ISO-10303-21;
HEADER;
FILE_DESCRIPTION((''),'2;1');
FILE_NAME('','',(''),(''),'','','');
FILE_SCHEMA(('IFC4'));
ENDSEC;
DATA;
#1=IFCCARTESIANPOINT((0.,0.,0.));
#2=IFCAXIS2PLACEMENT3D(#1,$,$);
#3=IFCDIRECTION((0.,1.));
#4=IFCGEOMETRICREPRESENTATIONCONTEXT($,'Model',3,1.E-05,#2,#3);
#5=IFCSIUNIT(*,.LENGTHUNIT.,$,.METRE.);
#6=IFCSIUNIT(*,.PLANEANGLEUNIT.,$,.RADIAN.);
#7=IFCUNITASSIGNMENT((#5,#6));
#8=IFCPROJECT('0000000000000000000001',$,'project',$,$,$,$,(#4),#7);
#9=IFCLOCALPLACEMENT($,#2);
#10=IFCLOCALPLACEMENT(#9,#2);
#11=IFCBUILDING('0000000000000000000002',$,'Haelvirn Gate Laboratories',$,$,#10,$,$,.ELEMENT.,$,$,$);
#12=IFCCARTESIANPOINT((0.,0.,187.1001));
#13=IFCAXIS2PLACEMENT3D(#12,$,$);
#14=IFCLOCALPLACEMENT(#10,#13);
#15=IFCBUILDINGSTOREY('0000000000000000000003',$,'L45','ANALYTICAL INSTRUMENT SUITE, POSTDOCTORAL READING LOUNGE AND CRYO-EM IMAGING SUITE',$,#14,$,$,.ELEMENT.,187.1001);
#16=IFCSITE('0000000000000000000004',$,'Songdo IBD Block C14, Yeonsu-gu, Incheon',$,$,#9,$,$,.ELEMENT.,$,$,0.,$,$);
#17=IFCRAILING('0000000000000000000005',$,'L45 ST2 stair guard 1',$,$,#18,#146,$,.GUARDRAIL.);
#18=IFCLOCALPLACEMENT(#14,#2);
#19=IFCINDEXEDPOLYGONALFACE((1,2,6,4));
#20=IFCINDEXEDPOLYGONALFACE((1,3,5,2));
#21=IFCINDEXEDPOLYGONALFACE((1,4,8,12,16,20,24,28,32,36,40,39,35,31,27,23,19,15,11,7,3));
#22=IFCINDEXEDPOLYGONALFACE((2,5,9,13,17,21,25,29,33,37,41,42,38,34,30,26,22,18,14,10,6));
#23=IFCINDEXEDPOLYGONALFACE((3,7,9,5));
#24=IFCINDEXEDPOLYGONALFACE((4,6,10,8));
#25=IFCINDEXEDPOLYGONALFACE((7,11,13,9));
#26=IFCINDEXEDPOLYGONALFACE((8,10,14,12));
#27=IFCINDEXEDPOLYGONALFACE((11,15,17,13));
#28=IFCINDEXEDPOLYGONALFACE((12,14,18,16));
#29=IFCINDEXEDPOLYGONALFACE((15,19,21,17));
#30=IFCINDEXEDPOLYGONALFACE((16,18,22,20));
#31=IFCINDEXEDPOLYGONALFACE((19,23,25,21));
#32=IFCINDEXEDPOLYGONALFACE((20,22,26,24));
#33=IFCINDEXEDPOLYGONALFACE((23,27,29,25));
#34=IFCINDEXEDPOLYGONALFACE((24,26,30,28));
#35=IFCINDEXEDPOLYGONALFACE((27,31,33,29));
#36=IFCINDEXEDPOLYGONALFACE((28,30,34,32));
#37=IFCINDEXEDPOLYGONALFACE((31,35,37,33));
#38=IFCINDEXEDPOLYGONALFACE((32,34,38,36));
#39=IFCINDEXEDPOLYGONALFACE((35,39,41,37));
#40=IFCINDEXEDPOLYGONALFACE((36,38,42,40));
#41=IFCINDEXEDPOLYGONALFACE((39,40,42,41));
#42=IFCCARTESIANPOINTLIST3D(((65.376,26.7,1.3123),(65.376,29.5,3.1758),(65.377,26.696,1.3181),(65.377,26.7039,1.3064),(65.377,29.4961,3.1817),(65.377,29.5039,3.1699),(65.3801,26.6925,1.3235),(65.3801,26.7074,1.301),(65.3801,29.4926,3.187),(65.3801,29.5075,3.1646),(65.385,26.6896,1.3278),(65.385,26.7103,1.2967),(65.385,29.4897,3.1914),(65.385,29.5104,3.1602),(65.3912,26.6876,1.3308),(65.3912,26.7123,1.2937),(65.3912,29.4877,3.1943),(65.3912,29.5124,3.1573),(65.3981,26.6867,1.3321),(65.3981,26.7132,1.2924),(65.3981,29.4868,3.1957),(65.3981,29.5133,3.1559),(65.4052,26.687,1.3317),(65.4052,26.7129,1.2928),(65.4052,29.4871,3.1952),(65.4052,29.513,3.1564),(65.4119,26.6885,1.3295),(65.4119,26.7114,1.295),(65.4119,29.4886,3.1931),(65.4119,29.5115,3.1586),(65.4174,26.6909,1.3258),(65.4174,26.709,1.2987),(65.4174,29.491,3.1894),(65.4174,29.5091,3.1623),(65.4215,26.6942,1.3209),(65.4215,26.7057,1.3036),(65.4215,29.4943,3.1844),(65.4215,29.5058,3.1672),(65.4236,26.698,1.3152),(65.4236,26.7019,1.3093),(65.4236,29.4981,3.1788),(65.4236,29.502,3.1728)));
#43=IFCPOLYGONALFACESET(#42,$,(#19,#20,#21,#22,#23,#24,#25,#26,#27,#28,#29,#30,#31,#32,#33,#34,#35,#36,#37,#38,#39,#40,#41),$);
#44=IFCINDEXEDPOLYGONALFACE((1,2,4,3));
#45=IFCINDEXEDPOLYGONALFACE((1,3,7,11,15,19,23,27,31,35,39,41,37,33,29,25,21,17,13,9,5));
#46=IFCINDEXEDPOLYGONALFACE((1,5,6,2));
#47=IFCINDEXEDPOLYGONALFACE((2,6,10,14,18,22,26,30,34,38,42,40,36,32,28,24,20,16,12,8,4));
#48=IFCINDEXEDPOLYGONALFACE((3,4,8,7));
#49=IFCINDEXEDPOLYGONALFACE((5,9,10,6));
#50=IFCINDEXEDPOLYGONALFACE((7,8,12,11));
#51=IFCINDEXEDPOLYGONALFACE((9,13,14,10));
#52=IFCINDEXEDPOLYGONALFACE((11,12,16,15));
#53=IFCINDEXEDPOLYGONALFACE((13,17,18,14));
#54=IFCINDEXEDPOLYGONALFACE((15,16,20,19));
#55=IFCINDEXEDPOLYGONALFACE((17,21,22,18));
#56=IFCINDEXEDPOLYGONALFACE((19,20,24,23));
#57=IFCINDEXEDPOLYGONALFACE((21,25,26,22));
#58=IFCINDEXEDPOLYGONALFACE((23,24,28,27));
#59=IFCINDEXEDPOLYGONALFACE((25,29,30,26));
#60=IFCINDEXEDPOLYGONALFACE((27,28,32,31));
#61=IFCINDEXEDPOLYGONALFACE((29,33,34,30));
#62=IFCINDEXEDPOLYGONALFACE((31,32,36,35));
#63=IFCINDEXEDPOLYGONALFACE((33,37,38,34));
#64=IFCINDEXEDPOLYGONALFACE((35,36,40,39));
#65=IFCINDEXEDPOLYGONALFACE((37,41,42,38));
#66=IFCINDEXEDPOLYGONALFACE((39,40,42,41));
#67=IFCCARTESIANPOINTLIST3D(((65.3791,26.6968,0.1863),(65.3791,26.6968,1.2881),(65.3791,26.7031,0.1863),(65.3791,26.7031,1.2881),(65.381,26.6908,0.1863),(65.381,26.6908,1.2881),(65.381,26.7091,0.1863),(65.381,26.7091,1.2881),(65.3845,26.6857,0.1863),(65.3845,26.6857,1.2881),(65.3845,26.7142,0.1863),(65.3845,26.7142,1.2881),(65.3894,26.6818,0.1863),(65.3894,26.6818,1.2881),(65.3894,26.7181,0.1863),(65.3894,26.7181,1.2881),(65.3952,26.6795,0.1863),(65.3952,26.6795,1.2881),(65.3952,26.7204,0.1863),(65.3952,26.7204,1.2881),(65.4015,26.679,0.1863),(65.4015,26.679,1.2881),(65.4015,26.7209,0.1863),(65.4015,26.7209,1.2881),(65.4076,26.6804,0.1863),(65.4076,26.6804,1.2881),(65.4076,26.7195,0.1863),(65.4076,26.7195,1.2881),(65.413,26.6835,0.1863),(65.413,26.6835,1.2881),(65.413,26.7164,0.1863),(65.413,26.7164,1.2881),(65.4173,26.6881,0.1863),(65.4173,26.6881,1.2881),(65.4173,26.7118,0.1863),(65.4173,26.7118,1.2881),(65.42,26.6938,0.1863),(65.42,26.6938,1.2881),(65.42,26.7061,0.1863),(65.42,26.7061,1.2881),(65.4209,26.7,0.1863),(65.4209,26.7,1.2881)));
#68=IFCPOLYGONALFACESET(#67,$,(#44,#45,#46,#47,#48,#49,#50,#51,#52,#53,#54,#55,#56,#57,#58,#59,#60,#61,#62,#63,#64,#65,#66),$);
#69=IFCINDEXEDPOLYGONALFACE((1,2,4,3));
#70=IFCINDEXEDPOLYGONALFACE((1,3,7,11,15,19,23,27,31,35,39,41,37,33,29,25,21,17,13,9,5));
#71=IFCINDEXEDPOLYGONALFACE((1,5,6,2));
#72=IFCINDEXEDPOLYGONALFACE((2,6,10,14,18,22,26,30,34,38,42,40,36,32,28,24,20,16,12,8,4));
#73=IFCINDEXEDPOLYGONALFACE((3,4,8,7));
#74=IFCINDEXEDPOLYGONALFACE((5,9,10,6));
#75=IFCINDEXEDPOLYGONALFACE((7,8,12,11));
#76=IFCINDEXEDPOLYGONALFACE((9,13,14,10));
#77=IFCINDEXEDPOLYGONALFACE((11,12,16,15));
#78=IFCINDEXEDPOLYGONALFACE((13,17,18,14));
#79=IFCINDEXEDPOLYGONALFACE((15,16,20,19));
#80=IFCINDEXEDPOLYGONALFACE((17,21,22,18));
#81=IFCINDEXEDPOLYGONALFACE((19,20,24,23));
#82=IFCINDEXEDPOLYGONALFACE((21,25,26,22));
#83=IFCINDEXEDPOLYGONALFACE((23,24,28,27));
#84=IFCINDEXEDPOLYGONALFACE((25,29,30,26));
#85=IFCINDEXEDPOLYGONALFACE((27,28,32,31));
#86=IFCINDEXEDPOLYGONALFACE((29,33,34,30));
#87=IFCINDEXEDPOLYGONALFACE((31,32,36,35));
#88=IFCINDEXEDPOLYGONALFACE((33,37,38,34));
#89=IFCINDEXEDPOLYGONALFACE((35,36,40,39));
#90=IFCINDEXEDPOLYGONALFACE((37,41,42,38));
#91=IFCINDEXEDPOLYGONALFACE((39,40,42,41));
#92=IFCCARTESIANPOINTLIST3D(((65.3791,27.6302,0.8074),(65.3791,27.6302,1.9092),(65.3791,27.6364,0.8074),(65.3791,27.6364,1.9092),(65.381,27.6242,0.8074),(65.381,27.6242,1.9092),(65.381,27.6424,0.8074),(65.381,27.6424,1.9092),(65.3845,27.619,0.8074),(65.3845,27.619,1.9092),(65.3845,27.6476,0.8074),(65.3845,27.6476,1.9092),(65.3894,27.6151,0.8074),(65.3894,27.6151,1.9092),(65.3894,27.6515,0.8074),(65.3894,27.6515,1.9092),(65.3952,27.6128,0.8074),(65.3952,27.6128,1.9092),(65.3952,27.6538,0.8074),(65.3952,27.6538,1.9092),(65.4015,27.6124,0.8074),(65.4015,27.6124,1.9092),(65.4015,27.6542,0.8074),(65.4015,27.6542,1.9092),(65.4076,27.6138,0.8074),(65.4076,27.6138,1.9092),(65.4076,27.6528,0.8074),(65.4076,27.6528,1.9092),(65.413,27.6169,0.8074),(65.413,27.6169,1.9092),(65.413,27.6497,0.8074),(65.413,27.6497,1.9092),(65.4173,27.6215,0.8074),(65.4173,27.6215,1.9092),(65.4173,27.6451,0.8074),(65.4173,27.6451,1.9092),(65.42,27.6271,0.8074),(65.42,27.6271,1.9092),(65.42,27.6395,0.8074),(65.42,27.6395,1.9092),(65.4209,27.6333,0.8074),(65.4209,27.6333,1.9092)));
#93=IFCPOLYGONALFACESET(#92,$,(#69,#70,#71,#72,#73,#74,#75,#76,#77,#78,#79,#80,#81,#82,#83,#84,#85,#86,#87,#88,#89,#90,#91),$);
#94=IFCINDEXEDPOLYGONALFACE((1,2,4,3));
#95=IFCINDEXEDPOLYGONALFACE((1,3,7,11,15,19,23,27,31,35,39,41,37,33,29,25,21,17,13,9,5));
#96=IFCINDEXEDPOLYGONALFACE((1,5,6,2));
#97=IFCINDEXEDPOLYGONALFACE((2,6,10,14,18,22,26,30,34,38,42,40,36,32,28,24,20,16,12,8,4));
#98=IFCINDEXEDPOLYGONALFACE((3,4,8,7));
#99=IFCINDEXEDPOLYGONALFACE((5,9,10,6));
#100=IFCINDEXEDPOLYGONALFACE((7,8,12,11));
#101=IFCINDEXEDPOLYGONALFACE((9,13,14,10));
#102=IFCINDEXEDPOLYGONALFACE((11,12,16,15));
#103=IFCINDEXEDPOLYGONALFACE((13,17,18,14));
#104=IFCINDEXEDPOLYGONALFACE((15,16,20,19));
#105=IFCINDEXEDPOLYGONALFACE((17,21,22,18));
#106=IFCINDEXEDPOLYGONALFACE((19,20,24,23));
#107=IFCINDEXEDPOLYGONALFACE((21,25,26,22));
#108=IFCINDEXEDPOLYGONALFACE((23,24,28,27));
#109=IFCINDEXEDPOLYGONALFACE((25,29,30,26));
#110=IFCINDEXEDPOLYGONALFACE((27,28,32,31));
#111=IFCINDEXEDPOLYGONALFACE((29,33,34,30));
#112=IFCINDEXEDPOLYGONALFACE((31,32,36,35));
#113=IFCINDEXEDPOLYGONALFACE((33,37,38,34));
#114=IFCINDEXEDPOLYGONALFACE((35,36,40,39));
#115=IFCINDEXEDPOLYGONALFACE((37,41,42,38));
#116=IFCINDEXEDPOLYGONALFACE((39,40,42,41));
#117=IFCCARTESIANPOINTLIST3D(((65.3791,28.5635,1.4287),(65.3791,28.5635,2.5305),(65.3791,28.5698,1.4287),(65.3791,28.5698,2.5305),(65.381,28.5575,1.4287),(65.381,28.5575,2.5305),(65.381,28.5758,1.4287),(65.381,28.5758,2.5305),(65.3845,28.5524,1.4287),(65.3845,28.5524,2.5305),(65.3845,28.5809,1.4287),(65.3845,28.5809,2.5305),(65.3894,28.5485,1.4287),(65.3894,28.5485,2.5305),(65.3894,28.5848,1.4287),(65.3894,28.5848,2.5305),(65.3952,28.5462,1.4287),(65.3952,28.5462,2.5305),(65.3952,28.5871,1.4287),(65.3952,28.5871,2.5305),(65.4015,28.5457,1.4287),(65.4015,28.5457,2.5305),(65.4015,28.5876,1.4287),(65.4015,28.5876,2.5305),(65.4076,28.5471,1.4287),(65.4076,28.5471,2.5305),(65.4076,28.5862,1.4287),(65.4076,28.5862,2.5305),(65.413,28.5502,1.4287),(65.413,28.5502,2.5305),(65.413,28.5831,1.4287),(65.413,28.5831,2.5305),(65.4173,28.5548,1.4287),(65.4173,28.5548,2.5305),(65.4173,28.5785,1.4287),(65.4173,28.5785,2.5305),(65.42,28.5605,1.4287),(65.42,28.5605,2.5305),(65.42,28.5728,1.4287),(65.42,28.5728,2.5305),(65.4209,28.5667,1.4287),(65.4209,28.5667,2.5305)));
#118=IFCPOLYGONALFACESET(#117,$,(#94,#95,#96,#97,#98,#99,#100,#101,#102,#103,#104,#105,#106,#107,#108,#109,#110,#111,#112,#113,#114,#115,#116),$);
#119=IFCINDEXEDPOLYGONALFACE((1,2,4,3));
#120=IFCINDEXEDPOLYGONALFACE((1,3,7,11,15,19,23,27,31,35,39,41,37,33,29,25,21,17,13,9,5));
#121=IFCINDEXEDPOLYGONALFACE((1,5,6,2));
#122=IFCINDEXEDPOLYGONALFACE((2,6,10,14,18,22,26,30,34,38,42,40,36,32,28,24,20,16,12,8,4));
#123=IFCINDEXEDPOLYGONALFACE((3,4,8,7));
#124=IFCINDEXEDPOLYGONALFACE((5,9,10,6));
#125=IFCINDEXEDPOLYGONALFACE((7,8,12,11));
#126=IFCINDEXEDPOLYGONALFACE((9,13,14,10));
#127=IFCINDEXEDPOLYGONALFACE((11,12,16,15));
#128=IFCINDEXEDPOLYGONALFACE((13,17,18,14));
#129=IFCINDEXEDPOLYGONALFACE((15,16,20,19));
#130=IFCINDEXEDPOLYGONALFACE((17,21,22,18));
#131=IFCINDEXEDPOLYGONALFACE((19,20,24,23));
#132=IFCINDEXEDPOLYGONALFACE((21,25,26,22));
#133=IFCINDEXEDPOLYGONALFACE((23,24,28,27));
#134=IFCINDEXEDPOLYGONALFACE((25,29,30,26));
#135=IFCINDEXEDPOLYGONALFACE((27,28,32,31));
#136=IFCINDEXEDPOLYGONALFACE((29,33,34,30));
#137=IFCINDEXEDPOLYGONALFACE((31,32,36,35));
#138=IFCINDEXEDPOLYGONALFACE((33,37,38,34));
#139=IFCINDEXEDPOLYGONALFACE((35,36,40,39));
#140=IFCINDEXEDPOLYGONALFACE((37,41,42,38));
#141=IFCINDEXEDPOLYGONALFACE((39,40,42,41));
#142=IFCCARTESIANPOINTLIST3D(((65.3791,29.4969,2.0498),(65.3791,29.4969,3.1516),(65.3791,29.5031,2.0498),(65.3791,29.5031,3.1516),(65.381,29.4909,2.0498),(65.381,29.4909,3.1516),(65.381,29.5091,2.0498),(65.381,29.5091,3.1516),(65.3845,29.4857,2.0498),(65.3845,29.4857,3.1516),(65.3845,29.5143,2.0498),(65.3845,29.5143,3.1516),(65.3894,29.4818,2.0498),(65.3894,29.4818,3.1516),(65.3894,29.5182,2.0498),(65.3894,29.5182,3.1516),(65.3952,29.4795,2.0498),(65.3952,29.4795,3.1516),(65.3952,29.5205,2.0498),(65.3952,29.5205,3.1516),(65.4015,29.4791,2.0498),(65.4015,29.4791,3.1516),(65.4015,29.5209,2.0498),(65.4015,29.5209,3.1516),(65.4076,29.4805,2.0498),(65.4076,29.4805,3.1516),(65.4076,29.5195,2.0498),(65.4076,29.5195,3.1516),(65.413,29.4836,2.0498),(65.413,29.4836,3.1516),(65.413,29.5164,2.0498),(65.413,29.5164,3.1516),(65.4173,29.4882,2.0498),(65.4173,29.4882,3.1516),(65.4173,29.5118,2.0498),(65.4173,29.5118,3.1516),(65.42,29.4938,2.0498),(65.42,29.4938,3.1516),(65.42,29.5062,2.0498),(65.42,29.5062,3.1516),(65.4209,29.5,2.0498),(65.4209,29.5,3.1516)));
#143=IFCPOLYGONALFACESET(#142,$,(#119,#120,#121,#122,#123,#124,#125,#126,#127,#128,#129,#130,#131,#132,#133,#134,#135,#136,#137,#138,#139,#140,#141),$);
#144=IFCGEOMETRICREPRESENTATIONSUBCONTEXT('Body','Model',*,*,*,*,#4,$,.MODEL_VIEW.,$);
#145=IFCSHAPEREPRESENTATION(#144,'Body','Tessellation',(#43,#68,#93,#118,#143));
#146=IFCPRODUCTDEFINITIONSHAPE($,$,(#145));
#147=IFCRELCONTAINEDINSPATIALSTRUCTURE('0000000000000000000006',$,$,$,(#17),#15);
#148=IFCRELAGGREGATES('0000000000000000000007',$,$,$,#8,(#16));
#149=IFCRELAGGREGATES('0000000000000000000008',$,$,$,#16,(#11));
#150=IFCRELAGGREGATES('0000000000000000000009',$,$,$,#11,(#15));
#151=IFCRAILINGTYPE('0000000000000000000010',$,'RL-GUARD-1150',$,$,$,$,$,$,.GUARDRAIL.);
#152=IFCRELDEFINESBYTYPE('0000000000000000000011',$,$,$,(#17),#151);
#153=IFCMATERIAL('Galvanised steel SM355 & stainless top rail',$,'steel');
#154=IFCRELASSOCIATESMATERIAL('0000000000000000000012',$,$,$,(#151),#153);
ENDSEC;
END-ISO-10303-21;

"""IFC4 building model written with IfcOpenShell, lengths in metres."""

from ifc_helpers import new_model, si_unit, direction, frame, origin, origin_2d, place, context, subcontext, project, spatial, circle, extrude, source, transform, mapped, material, type_object, element, save


model = new_model("IFC4")

# Units and contexts
model_context = context("Model", 3, precision=1e-05, world=origin(), true_north=direction((0.0, 1.0)))
body_context = subcontext(model_context, "Body", "Model", "MODEL_VIEW")
ifc_project = project(units=[si_unit("LENGTHUNIT", "METRE"), si_unit("PLANEANGLEUNIT", "RADIAN")], contexts=[model_context])

# Site, building, storey
site_placement = place(None, origin())
site = spatial("IfcSite", under=ifc_project, at=site_placement, Name="Songdo IBD Block C14, Yeonsu-gu, Incheon", CompositionType="ELEMENT", RefElevation=0.0)
building_placement = place(site_placement, origin())
building = spatial("IfcBuilding", under=site, at=building_placement, Name="Haelvirn Gate Laboratories", CompositionType="ELEMENT")
storey_placement = place(building_placement, frame((0.0, 0.0, 187.1001)))
storey = spatial("IfcBuildingStorey", under=building, at=storey_placement, Name="L45", Description="ANALYTICAL INSTRUMENT SUITE, POSTDOCTORAL READING LOUNGE AND CRYO-EM IMAGING SUITE", CompositionType="ELEMENT", Elevation=187.1001)

# Railing
ifc_material_1 = material(Name="Galvanised steel SM355 & stainless top rail", Category="steel")
railing_type_1 = type_object("IfcRailingType", Name="RL-GUARD-1150", PredefinedType="GUARDRAIL", material=ifc_material_1)
shared_shape_1 = source(origin(), body_context, "Body", "SweptSolid", [
    extrude(circle(Radius=0.0239, at=origin_2d()), frame((0.0, 0.0, 1.126), z_axis=(0.0, 0.832486, 0.554047), x_axis=(-1.0, 0.0, 0.0)), (0.0, 0.0, 1.0), 3.3635),
    extrude(circle(Radius=0.021, at=origin_2d()), origin(), (0.0, 0.0, 1.0), 1.1018),
    extrude(circle(Radius=0.021, at=origin_2d()), frame((0.0, 0.9333, 0.6211)), (0.0, 0.0, 1.0), 1.1018),
    extrude(circle(Radius=0.021, at=origin_2d()), frame((0.0, 1.8667, 1.2424)), (0.0, 0.0, 1.0), 1.1018),
    extrude(circle(Radius=0.021, at=origin_2d()), frame((0.0, 2.8, 1.8635)), (0.0, 0.0, 1.0), 1.1018),
])
railing_1_placement = place(storey_placement, frame((65.3999, 26.7, 0.1863)))
element("IfcRailing", 1, at=railing_1_placement, inside=storey, type_object=railing_type_1, Name="L45 ST2 stair guard 1", PredefinedType="GUARDRAIL", context=body_context, shape_type="MappedRepresentation", body=[
    mapped(shared_shape_1, transform((0.0, 0.0, 0.0), scale=1.0)),
])

save(model, "model.ifc")
